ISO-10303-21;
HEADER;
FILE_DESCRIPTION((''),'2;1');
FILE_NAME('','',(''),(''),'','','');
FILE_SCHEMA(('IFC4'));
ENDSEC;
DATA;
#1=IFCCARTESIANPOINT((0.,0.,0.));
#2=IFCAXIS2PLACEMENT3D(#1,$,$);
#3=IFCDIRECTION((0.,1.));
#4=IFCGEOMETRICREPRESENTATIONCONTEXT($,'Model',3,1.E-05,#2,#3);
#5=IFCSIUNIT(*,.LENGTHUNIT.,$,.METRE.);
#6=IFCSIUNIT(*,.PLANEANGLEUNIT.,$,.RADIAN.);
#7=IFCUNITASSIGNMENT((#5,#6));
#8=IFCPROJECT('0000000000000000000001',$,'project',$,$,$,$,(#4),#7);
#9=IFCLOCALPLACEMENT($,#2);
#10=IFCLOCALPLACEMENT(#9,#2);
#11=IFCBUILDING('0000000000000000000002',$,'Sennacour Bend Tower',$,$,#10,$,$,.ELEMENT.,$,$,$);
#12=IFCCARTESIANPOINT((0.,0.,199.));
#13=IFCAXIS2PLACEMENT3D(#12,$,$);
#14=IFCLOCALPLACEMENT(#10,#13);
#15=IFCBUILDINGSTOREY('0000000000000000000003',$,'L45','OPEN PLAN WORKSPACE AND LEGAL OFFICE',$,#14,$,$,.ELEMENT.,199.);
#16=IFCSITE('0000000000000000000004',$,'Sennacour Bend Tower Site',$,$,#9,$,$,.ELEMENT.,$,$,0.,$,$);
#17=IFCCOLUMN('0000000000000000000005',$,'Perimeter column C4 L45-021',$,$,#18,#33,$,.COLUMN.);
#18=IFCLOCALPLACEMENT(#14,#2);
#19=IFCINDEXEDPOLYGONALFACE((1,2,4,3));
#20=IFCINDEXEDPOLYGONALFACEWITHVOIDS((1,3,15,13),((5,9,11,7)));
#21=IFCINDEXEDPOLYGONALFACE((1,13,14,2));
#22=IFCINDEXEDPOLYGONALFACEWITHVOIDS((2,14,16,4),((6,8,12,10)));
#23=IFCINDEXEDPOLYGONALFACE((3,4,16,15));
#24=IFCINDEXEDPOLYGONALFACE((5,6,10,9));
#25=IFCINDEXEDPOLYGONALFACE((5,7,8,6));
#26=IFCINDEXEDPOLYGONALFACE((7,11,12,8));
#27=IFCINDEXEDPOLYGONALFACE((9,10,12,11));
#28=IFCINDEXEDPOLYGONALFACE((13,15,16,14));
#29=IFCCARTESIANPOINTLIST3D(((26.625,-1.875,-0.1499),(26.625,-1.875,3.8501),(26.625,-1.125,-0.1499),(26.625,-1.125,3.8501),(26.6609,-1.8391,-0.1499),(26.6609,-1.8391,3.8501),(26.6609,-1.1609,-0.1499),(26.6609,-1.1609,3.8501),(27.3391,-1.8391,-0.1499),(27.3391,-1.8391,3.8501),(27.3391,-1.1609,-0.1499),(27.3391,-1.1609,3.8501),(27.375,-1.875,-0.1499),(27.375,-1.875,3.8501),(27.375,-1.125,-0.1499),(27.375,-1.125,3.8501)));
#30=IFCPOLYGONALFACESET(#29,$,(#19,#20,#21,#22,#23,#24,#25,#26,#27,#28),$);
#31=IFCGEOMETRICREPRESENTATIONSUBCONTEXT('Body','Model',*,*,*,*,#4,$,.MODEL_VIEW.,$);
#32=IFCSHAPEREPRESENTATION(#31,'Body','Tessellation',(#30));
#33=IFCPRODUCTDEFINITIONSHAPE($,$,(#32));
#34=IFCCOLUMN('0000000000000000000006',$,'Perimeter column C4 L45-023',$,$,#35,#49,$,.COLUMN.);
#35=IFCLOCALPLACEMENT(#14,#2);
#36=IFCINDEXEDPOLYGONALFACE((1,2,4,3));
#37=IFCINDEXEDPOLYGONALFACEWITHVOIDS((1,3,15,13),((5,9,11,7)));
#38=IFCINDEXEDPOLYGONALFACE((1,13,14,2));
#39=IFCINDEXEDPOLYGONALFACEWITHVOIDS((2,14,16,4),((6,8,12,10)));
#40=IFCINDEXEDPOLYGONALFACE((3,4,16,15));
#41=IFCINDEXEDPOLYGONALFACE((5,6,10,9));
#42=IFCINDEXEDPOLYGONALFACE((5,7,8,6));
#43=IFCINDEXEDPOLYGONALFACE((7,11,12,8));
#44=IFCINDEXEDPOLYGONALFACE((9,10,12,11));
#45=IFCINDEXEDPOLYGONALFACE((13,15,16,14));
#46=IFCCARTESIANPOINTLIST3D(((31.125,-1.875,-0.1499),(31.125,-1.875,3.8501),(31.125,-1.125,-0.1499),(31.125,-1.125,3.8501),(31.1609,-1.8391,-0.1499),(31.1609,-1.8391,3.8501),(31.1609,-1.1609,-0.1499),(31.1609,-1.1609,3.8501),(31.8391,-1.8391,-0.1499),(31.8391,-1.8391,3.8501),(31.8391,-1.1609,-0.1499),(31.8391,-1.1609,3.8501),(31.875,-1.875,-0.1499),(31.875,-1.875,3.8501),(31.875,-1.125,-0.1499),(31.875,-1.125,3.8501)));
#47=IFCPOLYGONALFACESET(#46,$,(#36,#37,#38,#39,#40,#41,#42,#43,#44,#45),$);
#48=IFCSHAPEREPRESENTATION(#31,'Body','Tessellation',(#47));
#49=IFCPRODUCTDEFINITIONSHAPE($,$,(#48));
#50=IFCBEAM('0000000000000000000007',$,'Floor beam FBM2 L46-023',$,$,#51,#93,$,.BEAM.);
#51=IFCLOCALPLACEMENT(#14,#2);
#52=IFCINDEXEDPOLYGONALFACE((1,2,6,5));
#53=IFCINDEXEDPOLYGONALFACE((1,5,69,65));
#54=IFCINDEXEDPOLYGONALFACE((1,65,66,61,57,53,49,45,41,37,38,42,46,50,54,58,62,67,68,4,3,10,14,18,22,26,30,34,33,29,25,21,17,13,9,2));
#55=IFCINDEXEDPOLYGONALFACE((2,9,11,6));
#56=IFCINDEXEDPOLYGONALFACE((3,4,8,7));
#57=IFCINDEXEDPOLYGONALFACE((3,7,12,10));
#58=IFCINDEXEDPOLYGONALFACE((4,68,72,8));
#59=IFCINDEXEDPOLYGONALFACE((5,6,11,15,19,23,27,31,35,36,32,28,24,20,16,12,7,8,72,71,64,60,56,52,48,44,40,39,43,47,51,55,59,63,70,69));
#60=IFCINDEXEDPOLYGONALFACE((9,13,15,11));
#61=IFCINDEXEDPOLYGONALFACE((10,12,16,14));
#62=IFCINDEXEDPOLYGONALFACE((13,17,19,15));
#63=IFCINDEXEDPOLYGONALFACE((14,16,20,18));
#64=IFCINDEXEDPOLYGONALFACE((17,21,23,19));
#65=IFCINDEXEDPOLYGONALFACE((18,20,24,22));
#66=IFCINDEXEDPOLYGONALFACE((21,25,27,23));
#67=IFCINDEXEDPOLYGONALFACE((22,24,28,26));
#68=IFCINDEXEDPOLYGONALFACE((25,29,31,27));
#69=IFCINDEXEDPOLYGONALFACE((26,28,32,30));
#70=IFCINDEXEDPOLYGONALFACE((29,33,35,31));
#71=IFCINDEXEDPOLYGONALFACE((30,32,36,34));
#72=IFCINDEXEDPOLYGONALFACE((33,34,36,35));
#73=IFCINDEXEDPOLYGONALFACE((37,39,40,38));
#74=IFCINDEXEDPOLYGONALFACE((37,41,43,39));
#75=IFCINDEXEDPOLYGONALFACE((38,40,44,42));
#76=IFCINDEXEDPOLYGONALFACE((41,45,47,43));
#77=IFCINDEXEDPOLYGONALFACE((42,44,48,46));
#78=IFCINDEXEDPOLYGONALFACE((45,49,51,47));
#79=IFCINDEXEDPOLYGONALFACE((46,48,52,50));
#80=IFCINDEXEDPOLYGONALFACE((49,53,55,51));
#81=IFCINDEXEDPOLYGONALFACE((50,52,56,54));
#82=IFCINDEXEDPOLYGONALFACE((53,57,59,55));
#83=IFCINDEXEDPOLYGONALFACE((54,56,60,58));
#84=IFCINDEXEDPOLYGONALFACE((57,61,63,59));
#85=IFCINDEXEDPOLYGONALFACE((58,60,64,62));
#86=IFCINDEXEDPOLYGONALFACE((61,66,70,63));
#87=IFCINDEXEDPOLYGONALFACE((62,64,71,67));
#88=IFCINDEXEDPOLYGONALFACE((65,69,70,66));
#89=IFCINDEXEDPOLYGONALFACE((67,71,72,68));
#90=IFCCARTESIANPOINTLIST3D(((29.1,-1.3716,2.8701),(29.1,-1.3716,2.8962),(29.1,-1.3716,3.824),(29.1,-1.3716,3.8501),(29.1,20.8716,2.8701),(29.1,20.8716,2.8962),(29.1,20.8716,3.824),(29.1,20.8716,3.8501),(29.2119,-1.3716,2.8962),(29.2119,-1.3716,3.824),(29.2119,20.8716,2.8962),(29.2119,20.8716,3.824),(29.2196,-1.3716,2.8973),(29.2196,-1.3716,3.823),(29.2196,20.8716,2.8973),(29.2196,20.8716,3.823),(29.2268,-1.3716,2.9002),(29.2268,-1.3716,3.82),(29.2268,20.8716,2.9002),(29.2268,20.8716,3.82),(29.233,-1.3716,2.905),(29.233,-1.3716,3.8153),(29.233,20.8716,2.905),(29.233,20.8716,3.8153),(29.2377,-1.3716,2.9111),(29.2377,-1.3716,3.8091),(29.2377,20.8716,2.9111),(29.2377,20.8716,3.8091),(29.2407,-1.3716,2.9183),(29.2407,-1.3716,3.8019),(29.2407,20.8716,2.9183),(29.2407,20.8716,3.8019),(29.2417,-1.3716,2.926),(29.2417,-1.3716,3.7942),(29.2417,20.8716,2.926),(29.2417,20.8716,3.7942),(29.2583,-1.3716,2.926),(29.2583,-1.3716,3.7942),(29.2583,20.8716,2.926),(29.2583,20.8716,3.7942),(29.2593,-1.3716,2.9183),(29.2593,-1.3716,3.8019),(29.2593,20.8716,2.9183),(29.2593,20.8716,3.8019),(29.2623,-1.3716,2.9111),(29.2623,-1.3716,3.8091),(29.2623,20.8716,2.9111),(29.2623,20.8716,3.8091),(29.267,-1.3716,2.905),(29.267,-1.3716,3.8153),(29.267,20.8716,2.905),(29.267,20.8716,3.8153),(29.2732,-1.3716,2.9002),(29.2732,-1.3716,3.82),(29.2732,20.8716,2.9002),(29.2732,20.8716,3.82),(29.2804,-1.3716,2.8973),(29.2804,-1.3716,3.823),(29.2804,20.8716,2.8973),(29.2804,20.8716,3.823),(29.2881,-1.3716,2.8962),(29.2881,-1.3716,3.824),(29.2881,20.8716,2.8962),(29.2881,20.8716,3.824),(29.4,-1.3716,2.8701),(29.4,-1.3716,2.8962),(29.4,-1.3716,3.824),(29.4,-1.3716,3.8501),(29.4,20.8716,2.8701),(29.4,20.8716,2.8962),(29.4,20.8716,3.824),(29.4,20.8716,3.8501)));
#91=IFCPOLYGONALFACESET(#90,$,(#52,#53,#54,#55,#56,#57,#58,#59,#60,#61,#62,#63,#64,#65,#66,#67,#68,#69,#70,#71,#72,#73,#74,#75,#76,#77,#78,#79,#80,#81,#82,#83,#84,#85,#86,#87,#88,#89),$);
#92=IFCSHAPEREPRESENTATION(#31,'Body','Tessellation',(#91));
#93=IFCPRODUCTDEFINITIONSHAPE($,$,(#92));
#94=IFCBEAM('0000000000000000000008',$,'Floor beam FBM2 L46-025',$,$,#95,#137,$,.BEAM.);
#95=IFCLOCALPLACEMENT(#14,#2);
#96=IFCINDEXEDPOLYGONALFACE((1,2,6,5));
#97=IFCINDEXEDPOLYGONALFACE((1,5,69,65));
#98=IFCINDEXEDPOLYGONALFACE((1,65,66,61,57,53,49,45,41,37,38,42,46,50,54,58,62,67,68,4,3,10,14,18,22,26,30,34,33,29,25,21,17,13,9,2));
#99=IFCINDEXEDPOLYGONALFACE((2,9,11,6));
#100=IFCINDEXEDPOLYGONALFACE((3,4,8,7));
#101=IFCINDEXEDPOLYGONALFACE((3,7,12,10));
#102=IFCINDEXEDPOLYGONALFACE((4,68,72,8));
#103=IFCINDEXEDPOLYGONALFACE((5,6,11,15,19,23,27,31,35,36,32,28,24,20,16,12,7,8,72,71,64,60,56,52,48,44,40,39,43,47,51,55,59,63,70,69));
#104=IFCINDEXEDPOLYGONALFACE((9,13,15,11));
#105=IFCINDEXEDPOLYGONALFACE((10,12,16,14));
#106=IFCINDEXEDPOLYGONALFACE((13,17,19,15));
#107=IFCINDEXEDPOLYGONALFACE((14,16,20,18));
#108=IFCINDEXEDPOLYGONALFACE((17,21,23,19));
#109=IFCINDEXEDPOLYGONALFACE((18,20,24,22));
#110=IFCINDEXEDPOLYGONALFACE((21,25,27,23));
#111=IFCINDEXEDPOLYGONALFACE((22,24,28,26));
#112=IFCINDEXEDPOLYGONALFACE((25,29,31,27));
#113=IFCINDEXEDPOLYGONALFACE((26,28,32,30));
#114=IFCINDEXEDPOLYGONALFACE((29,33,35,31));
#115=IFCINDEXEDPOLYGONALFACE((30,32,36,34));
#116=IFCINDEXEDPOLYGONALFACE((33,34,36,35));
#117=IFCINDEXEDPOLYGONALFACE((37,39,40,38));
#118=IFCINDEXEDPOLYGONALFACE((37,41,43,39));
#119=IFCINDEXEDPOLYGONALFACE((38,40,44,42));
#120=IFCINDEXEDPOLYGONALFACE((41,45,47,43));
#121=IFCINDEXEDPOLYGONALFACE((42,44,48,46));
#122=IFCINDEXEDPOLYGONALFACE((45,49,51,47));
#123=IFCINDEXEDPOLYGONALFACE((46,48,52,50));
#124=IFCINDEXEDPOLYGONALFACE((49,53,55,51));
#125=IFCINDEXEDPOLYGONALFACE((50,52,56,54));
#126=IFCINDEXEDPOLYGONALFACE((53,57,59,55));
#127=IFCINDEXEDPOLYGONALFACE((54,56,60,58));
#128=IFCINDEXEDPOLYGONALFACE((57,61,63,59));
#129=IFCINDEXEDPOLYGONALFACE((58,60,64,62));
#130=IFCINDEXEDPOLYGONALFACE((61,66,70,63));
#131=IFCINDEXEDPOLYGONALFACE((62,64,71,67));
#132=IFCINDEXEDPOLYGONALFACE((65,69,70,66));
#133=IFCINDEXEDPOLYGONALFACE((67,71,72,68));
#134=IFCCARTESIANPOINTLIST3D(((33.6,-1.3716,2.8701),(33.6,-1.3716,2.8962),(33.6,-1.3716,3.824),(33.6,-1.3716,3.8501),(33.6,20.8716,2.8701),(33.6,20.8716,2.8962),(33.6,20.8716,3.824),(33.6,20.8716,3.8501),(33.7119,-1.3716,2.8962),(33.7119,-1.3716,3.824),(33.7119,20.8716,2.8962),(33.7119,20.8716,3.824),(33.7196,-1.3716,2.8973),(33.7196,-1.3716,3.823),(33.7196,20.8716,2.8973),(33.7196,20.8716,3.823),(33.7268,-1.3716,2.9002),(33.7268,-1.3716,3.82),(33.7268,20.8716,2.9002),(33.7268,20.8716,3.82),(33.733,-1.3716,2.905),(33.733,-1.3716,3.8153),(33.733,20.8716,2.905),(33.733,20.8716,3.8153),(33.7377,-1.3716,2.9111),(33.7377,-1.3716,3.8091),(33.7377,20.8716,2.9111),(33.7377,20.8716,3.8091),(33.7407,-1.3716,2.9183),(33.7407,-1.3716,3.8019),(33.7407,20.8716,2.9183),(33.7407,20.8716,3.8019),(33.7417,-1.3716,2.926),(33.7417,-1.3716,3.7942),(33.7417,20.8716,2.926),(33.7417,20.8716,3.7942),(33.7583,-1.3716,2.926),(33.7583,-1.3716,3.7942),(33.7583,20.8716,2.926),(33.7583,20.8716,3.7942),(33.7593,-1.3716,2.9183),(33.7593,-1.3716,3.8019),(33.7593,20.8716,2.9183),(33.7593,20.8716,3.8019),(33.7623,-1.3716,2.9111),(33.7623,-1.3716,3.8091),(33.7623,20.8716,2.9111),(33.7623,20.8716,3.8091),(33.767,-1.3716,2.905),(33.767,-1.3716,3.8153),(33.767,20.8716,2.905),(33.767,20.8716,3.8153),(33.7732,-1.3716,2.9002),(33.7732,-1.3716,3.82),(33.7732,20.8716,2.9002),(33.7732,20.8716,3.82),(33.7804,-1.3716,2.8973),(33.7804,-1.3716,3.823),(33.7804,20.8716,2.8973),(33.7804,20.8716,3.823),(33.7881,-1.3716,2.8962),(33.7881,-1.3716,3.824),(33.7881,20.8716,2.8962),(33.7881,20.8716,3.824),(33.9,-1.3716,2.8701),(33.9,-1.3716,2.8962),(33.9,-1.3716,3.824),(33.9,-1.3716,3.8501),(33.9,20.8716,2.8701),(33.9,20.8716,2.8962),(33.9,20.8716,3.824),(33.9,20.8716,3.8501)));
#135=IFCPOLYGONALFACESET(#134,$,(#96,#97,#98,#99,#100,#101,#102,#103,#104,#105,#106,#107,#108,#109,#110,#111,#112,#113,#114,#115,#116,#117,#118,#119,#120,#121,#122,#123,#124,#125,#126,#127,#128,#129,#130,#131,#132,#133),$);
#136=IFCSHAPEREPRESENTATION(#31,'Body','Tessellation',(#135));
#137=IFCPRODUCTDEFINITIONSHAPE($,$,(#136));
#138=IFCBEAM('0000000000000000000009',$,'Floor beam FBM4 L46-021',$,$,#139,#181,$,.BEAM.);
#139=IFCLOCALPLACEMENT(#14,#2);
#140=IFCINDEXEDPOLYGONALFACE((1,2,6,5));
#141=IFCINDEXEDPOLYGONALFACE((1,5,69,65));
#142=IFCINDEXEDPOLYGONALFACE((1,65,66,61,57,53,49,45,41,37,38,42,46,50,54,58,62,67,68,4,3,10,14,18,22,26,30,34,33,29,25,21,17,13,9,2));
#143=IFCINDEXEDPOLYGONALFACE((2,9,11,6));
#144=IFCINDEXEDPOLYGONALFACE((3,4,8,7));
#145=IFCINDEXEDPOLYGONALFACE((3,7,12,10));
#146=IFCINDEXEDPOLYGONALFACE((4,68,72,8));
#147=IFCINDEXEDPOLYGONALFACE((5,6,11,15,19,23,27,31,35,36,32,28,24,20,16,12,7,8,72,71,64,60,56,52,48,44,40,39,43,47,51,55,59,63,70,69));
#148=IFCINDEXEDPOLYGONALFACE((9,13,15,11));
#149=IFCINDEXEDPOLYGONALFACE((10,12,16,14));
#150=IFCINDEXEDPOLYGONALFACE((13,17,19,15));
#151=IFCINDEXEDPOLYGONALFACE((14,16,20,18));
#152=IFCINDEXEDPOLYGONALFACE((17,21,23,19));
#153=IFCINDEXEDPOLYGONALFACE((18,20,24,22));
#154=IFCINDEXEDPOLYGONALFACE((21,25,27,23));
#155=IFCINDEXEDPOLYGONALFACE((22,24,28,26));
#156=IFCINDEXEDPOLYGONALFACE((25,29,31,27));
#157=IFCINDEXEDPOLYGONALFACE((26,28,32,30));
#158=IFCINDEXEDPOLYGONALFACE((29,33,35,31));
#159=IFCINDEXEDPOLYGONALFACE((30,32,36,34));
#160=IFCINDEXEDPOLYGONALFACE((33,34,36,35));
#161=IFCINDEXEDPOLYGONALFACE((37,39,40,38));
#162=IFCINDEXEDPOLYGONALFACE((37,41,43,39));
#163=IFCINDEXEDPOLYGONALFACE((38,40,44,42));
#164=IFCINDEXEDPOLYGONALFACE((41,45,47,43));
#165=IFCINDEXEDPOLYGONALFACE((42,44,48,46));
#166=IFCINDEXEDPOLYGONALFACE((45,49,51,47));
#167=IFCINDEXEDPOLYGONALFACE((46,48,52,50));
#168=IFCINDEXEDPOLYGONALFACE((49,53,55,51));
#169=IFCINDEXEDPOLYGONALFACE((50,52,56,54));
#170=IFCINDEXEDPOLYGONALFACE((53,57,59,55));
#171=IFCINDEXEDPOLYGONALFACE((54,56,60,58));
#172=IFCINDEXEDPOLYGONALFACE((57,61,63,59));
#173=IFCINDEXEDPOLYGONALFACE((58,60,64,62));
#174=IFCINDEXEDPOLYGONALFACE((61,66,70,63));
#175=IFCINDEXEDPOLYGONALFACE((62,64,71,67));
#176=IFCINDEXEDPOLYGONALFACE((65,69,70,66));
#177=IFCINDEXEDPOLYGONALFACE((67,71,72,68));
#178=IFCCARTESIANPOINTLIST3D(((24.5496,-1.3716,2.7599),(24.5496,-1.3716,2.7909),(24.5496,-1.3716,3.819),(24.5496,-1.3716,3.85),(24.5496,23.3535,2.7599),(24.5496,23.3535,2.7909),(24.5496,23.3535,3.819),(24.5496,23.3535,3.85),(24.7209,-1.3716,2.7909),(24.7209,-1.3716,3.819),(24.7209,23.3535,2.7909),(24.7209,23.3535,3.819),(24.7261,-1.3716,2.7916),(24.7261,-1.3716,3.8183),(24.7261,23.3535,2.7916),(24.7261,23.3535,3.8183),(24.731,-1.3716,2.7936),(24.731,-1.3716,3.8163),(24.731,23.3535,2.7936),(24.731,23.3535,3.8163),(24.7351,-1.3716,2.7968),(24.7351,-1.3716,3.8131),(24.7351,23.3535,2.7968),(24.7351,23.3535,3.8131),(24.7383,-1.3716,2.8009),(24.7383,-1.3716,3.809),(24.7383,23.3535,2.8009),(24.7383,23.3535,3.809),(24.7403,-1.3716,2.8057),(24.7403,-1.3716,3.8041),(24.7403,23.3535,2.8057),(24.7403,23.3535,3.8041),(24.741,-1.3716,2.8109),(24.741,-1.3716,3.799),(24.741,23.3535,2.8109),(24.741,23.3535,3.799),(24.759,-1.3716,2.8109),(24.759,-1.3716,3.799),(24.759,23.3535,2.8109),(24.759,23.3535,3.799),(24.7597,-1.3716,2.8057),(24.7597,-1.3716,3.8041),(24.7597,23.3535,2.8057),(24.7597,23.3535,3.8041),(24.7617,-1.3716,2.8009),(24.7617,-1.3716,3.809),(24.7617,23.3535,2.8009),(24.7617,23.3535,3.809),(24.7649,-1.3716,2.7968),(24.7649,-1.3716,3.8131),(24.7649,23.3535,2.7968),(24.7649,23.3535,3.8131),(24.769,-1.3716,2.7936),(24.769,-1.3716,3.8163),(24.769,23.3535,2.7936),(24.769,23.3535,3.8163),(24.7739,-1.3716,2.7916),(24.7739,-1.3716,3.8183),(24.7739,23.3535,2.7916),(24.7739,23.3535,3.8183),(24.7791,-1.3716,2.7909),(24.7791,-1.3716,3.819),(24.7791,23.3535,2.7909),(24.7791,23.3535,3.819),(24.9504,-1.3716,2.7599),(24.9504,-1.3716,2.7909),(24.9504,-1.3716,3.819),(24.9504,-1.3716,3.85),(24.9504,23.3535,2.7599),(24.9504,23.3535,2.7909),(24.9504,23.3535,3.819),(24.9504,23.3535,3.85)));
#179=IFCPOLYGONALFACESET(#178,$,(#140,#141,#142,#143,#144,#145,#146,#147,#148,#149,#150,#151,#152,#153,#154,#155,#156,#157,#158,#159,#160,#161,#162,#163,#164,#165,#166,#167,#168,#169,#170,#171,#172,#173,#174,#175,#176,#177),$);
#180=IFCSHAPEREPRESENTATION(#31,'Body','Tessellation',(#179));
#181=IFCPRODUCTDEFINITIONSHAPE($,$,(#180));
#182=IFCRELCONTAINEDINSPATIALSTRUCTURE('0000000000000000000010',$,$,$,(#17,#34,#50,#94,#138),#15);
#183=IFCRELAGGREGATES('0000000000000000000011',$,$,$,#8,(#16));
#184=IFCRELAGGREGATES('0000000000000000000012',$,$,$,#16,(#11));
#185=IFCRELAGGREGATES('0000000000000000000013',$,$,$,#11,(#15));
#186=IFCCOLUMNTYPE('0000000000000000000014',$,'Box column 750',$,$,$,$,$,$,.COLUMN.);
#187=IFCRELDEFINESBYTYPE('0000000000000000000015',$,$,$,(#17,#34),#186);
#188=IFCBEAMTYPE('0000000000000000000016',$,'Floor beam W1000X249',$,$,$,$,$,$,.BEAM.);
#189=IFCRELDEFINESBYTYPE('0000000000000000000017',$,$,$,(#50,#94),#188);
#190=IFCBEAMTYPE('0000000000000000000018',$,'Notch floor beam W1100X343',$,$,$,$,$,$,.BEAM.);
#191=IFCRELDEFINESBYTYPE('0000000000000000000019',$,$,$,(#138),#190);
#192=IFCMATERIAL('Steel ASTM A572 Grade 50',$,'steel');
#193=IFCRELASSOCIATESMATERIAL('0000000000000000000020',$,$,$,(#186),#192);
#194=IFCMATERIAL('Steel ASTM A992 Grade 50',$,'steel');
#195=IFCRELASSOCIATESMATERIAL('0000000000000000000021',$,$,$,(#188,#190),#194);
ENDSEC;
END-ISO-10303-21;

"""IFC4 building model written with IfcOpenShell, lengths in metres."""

from ifc_helpers import new_model, si_unit, direction, frame, origin, origin_2d, place, context, subcontext, project, spatial, hollow_rectangle, i_section, extrude, material, material_profile, profile_set, type_object, element, save


model = new_model("IFC4")

# Units and contexts
model_context = context("Model", 3, precision=1e-05, world=origin(), true_north=direction((0.0, 1.0)))
body_context = subcontext(model_context, "Body", "Model", "MODEL_VIEW")
ifc_project = project(units=[si_unit("LENGTHUNIT", "METRE"), si_unit("PLANEANGLEUNIT", "RADIAN")], contexts=[model_context])

# Site, building, storey
site_placement = place(None, origin())
site = spatial("IfcSite", under=ifc_project, at=site_placement, Name="Sennacour Bend Tower Site", CompositionType="ELEMENT", RefElevation=0.0)
building_placement = place(site_placement, origin())
building = spatial("IfcBuilding", under=site, at=building_placement, Name="Sennacour Bend Tower", CompositionType="ELEMENT")
storey_placement = place(building_placement, frame((0.0, 0.0, 199.0)))
storey = spatial("IfcBuildingStorey", under=building, at=storey_placement, Name="L45", Description="OPEN PLAN WORKSPACE AND LEGAL OFFICE", CompositionType="ELEMENT", Elevation=199.0)

# Columns
ifc_material_1 = material(Name="Steel ASTM A572 Grade 50", Category="steel")
ifc_material_profile_1 = material_profile(ifc_material_1, hollow_rectangle(XDim=0.75, YDim=0.75, WallThickness=0.0359, at=origin_2d()), Name="Steel ASTM A572 Grade 50", Category="steel")
ifc_profile_set_1 = profile_set([ifc_material_profile_1], Name="Steel ASTM A572 Grade 50")
column_type = type_object("IfcColumnType", Name="Box column 750", PredefinedType="COLUMN", material=ifc_profile_set_1)
for number, where, z_axis, x_axis, name in (
    (1, (27.0, -1.5, -0.1499), (0.0, 0.0, 1.0), (1.0, 0.0, 0.0), "Perimeter column C4 L45-021"),
    (2, (31.5, -1.5, -0.1499), (0.0, 0.0, 1.0), (1.0, 0.0, 0.0), "Perimeter column C4 L45-023"),
):
    element("IfcColumn", number, at=place(storey_placement, frame(where, z_axis=z_axis, x_axis=x_axis)), inside=storey, type_object=column_type, Name=name, PredefinedType="COLUMN", context=body_context, shape_type="SweptSolid", body=[
        extrude(hollow_rectangle(XDim=0.75, YDim=0.75, WallThickness=0.0359, at=origin_2d()), origin(), (0.0, 0.0, 1.0), 4.0),
    ])

# Beams
ifc_material_2 = material(Name="Steel ASTM A992 Grade 50", Category="steel")
ifc_material_profile_2 = material_profile(ifc_material_2, i_section(OverallWidth=0.3, OverallDepth=0.98, WebThickness=0.0166, FlangeThickness=0.0261, FilletRadius=0.0298, at=origin_2d()), Name="Steel ASTM A992 Grade 50", Category="steel")
ifc_profile_set_2 = profile_set([ifc_material_profile_2], Name="Steel ASTM A992 Grade 50")
beam_type_1 = type_object("IfcBeamType", Name="Floor beam W1000X249", PredefinedType="BEAM", material=ifc_profile_set_2)
for number, where, z_axis, x_axis, name in (
    (3, (29.25, -1.3716, 3.3601), (0.0, 1.0, 0.0), (-1.0, 0.0, 0.0), "Floor beam FBM2 L46-023"),
    (4, (33.75, -1.3716, 3.3601), (0.0, 1.0, 0.0), (-1.0, 0.0, 0.0), "Floor beam FBM2 L46-025"),
):
    element("IfcBeam", number, at=place(storey_placement, frame(where, z_axis=z_axis, x_axis=x_axis)), inside=storey, type_object=beam_type_1, Name=name, PredefinedType="BEAM", context=body_context, shape_type="SweptSolid", body=[
        extrude(i_section(OverallWidth=0.3, OverallDepth=0.98, WebThickness=0.0166, FlangeThickness=0.0261, FilletRadius=0.0298, at=origin_2d()), origin(), (0.0, 0.0, 1.0), 22.2432),
    ])
ifc_material_profile_3 = material_profile(ifc_material_2, i_section(OverallWidth=0.4009, OverallDepth=1.0901, WebThickness=0.0181, FlangeThickness=0.031, FilletRadius=0.02, at=origin_2d()), Name="Steel ASTM A992 Grade 50", Category="steel")
ifc_profile_set_3 = profile_set([ifc_material_profile_3], Name="Steel ASTM A992 Grade 50")
beam_type_2 = type_object("IfcBeamType", Name="Notch floor beam W1100X343", PredefinedType="BEAM", material=ifc_profile_set_3)
beam_placement = place(storey_placement, frame((24.75, -1.3716, 3.3049), z_axis=(0.0, 1.0, 0.0), x_axis=(-1.0, 0.0, 0.0)))
element("IfcBeam", 5, at=beam_placement, inside=storey, type_object=beam_type_2, Name="Floor beam FBM4 L46-021", PredefinedType="BEAM", context=body_context, shape_type="SweptSolid", body=[
    extrude(i_section(OverallWidth=0.4009, OverallDepth=1.0901, WebThickness=0.0181, FlangeThickness=0.031, FilletRadius=0.02, at=origin_2d()), origin(), (0.0, 0.0, 1.0), 24.7251),
])

save(model, "model.ifc")
